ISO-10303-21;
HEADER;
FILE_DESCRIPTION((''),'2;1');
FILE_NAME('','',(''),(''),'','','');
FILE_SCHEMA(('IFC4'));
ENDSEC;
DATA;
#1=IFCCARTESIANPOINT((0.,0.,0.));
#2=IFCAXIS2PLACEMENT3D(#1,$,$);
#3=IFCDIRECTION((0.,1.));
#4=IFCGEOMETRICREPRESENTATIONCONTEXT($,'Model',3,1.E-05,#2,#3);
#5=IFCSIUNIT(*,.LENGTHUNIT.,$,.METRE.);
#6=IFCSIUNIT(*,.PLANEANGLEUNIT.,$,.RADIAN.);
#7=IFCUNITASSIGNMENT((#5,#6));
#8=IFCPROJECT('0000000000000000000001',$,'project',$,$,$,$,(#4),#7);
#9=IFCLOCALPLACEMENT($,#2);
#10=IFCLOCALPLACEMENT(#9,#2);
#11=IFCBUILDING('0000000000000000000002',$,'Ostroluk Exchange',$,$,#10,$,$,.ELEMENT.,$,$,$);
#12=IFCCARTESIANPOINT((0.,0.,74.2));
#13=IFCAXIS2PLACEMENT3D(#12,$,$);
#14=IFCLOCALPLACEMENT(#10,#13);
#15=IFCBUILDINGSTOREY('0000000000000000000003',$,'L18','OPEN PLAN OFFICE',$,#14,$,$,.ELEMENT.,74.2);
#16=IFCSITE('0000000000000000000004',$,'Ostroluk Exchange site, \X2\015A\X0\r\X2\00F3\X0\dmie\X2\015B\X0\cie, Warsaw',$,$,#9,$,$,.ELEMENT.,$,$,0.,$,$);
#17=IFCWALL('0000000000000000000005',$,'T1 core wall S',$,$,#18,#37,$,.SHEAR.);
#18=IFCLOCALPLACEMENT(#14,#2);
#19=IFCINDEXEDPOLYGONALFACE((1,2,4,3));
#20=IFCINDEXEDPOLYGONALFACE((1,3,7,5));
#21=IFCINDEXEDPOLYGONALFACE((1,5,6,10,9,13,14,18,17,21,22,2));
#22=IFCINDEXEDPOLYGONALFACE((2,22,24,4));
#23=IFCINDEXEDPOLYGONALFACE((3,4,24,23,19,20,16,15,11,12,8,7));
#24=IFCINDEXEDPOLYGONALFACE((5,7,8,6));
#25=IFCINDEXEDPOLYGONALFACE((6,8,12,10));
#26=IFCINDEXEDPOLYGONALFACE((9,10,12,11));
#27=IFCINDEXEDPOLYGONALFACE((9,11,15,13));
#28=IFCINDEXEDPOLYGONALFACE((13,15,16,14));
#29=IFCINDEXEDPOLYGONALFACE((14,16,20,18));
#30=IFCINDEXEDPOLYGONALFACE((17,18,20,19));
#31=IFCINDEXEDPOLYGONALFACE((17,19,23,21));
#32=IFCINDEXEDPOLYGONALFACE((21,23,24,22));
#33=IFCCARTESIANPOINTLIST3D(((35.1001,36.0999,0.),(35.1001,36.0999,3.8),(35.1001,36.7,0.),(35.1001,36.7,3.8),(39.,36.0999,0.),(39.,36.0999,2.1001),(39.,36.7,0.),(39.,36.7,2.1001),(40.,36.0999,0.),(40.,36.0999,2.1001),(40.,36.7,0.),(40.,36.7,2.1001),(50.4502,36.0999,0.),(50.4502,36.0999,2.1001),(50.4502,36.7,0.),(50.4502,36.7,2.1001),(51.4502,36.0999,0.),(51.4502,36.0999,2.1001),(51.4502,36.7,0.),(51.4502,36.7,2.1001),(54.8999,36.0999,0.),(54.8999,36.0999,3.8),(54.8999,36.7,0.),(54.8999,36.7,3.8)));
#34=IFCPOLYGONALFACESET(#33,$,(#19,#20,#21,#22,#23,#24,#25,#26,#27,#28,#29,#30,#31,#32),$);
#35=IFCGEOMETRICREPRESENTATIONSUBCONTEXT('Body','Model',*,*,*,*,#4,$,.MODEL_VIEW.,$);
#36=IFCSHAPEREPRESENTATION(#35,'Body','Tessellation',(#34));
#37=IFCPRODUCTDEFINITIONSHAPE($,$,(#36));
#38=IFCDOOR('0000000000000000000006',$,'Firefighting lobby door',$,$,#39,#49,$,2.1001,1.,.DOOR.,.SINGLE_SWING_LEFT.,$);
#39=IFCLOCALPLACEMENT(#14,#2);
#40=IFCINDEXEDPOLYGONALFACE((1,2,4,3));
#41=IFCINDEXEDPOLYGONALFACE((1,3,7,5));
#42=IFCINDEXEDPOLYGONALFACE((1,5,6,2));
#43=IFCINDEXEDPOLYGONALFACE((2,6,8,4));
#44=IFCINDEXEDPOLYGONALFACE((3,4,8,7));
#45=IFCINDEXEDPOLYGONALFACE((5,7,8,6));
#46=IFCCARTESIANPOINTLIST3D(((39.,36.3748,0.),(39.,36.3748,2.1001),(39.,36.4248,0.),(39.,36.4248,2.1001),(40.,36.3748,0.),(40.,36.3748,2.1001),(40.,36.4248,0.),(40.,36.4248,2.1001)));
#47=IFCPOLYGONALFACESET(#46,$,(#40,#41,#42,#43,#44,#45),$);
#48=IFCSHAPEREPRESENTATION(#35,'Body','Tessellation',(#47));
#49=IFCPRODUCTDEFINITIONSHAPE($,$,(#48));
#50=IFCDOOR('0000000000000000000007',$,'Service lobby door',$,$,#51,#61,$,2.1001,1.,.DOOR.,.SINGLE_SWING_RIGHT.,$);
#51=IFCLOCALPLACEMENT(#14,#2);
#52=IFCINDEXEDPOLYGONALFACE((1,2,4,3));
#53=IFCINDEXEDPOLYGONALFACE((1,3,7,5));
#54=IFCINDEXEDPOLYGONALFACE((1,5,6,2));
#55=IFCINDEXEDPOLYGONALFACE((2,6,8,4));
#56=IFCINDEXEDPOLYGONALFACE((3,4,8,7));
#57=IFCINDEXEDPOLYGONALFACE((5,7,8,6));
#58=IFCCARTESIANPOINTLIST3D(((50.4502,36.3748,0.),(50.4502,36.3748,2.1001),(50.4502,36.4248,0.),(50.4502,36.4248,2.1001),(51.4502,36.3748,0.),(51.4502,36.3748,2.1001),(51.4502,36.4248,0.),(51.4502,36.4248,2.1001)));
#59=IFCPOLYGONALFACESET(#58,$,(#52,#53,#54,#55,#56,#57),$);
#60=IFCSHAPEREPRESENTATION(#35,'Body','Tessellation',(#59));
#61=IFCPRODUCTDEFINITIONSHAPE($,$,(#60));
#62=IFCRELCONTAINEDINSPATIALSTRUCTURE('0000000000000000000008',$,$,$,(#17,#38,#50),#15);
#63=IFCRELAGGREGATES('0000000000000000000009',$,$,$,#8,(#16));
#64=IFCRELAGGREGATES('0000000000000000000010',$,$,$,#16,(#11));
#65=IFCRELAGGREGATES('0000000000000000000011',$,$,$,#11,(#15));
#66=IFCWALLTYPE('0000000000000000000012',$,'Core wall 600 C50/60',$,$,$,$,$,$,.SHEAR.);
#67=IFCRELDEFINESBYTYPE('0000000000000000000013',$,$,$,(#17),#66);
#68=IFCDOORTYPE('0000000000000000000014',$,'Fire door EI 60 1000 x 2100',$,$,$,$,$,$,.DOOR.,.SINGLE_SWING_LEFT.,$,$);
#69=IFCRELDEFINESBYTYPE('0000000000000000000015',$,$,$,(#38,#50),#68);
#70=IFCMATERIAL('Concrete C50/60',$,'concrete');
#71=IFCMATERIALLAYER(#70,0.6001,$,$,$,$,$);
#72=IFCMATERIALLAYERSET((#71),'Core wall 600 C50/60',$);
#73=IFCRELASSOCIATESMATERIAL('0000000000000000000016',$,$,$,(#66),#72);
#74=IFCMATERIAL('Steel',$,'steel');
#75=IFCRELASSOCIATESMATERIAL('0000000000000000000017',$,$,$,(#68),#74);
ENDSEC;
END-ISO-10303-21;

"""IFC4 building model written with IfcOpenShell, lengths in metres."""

from ifc_helpers import new_model, si_unit, direction, frame, frame_2d, origin, place, context, subcontext, project, spatial, rectangle, extrude, material, layer, layer_set, type_object, element, fill, save


model = new_model("IFC4")

# Units and contexts
model_context = context("Model", 3, precision=1e-05, world=origin(), true_north=direction((0.0, 1.0)))
body_context = subcontext(model_context, "Body", "Model", "MODEL_VIEW")
ifc_project = project(units=[si_unit("LENGTHUNIT", "METRE"), si_unit("PLANEANGLEUNIT", "RADIAN")], contexts=[model_context])

# Site, building, storey
site_placement = place(None, origin())
site = spatial("IfcSite", under=ifc_project, at=site_placement, Name="Ostroluk Exchange site, Śródmieście, Warsaw", CompositionType="ELEMENT", RefElevation=0.0)
building_placement = place(site_placement, origin())
building = spatial("IfcBuilding", under=site, at=building_placement, Name="Ostroluk Exchange", CompositionType="ELEMENT")
storey_placement = place(building_placement, frame((0.0, 0.0, 74.2)))
storey = spatial("IfcBuildingStorey", under=building, at=storey_placement, Name="L18", Description="OPEN PLAN OFFICE", CompositionType="ELEMENT", Elevation=74.2)

# Wall, openings, doors
ifc_material_1 = material(Name="Concrete C50/60", Category="concrete")
ifc_layer_1 = layer(ifc_material_1, 0.6001)
ifc_layer_set_1 = layer_set([ifc_layer_1], Name="Core wall 600 C50/60")
wall_type_1 = type_object("IfcWallType", Name="Core wall 600 C50/60", PredefinedType="SHEAR", material=ifc_layer_set_1)
wall_1_placement = place(storey_placement, frame((35.1001, 36.3999, 0.0), z_axis=(0.0, 0.0, 1.0), x_axis=(1.0, 0.0, 0.0)))
wall_1 = element("IfcWall", 1, at=wall_1_placement, inside=storey, type_object=wall_type_1, Name="T1 core wall S", PredefinedType="SHEAR", context=body_context, shape_type="SweptSolid", body=[
    extrude(rectangle(XDim=19.7998, YDim=0.6001, at=frame_2d((9.8999, 0.0))), origin(), (0.0, 0.0, 1.0), 3.8),
])
opening_1_placement = place(wall_1_placement, frame((3.8999, 0.0, 0.0)))
opening_1 = element("IfcOpeningElement", 2, at=opening_1_placement, cuts=wall_1, PredefinedType="OPENING", context=body_context, shape_type="SweptSolid", body=[
    extrude(rectangle(XDim=1.0, YDim=2.1001, at=frame_2d((0.5, 1.05))), frame((0.0, 0.3101, 0.0), z_axis=(0.0, -1.0, 0.0), x_axis=(1.0, 0.0, 0.0)), (0.0, 0.0, 1.0), 0.6201),
])
opening_2_placement = place(wall_1_placement, frame((15.3501, 0.0, 0.0)))
opening_2 = element("IfcOpeningElement", 3, at=opening_2_placement, cuts=wall_1, PredefinedType="OPENING", context=body_context, shape_type="SweptSolid", body=[
    extrude(rectangle(XDim=1.0, YDim=2.1001, at=frame_2d((0.5, 1.05))), frame((0.0, 0.3101, 0.0), z_axis=(0.0, -1.0, 0.0), x_axis=(1.0, 0.0, 0.0)), (0.0, 0.0, 1.0), 0.6201),
])
ifc_material_2 = material(Name="Steel", Category="steel")
door_type_1 = type_object("IfcDoorType", Name="Fire door EI 60 1000 x 2100", OperationType="SINGLE_SWING_LEFT", PredefinedType="DOOR", material=ifc_material_2)
door_1_placement = place(opening_1_placement, origin())
door_1 = element("IfcDoor", 4, at=door_1_placement, inside=storey, type_object=door_type_1, Name="Firefighting lobby door", OperationType="SINGLE_SWING_LEFT", OverallHeight=2.1001, OverallWidth=1.0, PredefinedType="DOOR", context=body_context, shape_type="SweptSolid", body=[
    extrude(rectangle(XDim=1.0, YDim=2.1001, at=frame_2d((0.5, 1.05))), frame((0.0, 0.0249, 0.0), z_axis=(0.0, -1.0, 0.0), x_axis=(1.0, 0.0, 0.0)), (0.0, 0.0, 1.0), 0.05),
])
fill(opening_1, door_1)
door_2_placement = place(opening_2_placement, origin())
door_2 = element("IfcDoor", 5, at=door_2_placement, inside=storey, type_object=door_type_1, Name="Service lobby door", OperationType="SINGLE_SWING_RIGHT", OverallHeight=2.1001, OverallWidth=1.0, PredefinedType="DOOR", context=body_context, shape_type="SweptSolid", body=[
    extrude(rectangle(XDim=1.0, YDim=2.1001, at=frame_2d((0.5, 1.05))), frame((0.0, 0.0249, 0.0), z_axis=(0.0, -1.0, 0.0), x_axis=(1.0, 0.0, 0.0)), (0.0, 0.0, 1.0), 0.05),
])
fill(opening_2, door_2)

save(model, "model.ifc")
